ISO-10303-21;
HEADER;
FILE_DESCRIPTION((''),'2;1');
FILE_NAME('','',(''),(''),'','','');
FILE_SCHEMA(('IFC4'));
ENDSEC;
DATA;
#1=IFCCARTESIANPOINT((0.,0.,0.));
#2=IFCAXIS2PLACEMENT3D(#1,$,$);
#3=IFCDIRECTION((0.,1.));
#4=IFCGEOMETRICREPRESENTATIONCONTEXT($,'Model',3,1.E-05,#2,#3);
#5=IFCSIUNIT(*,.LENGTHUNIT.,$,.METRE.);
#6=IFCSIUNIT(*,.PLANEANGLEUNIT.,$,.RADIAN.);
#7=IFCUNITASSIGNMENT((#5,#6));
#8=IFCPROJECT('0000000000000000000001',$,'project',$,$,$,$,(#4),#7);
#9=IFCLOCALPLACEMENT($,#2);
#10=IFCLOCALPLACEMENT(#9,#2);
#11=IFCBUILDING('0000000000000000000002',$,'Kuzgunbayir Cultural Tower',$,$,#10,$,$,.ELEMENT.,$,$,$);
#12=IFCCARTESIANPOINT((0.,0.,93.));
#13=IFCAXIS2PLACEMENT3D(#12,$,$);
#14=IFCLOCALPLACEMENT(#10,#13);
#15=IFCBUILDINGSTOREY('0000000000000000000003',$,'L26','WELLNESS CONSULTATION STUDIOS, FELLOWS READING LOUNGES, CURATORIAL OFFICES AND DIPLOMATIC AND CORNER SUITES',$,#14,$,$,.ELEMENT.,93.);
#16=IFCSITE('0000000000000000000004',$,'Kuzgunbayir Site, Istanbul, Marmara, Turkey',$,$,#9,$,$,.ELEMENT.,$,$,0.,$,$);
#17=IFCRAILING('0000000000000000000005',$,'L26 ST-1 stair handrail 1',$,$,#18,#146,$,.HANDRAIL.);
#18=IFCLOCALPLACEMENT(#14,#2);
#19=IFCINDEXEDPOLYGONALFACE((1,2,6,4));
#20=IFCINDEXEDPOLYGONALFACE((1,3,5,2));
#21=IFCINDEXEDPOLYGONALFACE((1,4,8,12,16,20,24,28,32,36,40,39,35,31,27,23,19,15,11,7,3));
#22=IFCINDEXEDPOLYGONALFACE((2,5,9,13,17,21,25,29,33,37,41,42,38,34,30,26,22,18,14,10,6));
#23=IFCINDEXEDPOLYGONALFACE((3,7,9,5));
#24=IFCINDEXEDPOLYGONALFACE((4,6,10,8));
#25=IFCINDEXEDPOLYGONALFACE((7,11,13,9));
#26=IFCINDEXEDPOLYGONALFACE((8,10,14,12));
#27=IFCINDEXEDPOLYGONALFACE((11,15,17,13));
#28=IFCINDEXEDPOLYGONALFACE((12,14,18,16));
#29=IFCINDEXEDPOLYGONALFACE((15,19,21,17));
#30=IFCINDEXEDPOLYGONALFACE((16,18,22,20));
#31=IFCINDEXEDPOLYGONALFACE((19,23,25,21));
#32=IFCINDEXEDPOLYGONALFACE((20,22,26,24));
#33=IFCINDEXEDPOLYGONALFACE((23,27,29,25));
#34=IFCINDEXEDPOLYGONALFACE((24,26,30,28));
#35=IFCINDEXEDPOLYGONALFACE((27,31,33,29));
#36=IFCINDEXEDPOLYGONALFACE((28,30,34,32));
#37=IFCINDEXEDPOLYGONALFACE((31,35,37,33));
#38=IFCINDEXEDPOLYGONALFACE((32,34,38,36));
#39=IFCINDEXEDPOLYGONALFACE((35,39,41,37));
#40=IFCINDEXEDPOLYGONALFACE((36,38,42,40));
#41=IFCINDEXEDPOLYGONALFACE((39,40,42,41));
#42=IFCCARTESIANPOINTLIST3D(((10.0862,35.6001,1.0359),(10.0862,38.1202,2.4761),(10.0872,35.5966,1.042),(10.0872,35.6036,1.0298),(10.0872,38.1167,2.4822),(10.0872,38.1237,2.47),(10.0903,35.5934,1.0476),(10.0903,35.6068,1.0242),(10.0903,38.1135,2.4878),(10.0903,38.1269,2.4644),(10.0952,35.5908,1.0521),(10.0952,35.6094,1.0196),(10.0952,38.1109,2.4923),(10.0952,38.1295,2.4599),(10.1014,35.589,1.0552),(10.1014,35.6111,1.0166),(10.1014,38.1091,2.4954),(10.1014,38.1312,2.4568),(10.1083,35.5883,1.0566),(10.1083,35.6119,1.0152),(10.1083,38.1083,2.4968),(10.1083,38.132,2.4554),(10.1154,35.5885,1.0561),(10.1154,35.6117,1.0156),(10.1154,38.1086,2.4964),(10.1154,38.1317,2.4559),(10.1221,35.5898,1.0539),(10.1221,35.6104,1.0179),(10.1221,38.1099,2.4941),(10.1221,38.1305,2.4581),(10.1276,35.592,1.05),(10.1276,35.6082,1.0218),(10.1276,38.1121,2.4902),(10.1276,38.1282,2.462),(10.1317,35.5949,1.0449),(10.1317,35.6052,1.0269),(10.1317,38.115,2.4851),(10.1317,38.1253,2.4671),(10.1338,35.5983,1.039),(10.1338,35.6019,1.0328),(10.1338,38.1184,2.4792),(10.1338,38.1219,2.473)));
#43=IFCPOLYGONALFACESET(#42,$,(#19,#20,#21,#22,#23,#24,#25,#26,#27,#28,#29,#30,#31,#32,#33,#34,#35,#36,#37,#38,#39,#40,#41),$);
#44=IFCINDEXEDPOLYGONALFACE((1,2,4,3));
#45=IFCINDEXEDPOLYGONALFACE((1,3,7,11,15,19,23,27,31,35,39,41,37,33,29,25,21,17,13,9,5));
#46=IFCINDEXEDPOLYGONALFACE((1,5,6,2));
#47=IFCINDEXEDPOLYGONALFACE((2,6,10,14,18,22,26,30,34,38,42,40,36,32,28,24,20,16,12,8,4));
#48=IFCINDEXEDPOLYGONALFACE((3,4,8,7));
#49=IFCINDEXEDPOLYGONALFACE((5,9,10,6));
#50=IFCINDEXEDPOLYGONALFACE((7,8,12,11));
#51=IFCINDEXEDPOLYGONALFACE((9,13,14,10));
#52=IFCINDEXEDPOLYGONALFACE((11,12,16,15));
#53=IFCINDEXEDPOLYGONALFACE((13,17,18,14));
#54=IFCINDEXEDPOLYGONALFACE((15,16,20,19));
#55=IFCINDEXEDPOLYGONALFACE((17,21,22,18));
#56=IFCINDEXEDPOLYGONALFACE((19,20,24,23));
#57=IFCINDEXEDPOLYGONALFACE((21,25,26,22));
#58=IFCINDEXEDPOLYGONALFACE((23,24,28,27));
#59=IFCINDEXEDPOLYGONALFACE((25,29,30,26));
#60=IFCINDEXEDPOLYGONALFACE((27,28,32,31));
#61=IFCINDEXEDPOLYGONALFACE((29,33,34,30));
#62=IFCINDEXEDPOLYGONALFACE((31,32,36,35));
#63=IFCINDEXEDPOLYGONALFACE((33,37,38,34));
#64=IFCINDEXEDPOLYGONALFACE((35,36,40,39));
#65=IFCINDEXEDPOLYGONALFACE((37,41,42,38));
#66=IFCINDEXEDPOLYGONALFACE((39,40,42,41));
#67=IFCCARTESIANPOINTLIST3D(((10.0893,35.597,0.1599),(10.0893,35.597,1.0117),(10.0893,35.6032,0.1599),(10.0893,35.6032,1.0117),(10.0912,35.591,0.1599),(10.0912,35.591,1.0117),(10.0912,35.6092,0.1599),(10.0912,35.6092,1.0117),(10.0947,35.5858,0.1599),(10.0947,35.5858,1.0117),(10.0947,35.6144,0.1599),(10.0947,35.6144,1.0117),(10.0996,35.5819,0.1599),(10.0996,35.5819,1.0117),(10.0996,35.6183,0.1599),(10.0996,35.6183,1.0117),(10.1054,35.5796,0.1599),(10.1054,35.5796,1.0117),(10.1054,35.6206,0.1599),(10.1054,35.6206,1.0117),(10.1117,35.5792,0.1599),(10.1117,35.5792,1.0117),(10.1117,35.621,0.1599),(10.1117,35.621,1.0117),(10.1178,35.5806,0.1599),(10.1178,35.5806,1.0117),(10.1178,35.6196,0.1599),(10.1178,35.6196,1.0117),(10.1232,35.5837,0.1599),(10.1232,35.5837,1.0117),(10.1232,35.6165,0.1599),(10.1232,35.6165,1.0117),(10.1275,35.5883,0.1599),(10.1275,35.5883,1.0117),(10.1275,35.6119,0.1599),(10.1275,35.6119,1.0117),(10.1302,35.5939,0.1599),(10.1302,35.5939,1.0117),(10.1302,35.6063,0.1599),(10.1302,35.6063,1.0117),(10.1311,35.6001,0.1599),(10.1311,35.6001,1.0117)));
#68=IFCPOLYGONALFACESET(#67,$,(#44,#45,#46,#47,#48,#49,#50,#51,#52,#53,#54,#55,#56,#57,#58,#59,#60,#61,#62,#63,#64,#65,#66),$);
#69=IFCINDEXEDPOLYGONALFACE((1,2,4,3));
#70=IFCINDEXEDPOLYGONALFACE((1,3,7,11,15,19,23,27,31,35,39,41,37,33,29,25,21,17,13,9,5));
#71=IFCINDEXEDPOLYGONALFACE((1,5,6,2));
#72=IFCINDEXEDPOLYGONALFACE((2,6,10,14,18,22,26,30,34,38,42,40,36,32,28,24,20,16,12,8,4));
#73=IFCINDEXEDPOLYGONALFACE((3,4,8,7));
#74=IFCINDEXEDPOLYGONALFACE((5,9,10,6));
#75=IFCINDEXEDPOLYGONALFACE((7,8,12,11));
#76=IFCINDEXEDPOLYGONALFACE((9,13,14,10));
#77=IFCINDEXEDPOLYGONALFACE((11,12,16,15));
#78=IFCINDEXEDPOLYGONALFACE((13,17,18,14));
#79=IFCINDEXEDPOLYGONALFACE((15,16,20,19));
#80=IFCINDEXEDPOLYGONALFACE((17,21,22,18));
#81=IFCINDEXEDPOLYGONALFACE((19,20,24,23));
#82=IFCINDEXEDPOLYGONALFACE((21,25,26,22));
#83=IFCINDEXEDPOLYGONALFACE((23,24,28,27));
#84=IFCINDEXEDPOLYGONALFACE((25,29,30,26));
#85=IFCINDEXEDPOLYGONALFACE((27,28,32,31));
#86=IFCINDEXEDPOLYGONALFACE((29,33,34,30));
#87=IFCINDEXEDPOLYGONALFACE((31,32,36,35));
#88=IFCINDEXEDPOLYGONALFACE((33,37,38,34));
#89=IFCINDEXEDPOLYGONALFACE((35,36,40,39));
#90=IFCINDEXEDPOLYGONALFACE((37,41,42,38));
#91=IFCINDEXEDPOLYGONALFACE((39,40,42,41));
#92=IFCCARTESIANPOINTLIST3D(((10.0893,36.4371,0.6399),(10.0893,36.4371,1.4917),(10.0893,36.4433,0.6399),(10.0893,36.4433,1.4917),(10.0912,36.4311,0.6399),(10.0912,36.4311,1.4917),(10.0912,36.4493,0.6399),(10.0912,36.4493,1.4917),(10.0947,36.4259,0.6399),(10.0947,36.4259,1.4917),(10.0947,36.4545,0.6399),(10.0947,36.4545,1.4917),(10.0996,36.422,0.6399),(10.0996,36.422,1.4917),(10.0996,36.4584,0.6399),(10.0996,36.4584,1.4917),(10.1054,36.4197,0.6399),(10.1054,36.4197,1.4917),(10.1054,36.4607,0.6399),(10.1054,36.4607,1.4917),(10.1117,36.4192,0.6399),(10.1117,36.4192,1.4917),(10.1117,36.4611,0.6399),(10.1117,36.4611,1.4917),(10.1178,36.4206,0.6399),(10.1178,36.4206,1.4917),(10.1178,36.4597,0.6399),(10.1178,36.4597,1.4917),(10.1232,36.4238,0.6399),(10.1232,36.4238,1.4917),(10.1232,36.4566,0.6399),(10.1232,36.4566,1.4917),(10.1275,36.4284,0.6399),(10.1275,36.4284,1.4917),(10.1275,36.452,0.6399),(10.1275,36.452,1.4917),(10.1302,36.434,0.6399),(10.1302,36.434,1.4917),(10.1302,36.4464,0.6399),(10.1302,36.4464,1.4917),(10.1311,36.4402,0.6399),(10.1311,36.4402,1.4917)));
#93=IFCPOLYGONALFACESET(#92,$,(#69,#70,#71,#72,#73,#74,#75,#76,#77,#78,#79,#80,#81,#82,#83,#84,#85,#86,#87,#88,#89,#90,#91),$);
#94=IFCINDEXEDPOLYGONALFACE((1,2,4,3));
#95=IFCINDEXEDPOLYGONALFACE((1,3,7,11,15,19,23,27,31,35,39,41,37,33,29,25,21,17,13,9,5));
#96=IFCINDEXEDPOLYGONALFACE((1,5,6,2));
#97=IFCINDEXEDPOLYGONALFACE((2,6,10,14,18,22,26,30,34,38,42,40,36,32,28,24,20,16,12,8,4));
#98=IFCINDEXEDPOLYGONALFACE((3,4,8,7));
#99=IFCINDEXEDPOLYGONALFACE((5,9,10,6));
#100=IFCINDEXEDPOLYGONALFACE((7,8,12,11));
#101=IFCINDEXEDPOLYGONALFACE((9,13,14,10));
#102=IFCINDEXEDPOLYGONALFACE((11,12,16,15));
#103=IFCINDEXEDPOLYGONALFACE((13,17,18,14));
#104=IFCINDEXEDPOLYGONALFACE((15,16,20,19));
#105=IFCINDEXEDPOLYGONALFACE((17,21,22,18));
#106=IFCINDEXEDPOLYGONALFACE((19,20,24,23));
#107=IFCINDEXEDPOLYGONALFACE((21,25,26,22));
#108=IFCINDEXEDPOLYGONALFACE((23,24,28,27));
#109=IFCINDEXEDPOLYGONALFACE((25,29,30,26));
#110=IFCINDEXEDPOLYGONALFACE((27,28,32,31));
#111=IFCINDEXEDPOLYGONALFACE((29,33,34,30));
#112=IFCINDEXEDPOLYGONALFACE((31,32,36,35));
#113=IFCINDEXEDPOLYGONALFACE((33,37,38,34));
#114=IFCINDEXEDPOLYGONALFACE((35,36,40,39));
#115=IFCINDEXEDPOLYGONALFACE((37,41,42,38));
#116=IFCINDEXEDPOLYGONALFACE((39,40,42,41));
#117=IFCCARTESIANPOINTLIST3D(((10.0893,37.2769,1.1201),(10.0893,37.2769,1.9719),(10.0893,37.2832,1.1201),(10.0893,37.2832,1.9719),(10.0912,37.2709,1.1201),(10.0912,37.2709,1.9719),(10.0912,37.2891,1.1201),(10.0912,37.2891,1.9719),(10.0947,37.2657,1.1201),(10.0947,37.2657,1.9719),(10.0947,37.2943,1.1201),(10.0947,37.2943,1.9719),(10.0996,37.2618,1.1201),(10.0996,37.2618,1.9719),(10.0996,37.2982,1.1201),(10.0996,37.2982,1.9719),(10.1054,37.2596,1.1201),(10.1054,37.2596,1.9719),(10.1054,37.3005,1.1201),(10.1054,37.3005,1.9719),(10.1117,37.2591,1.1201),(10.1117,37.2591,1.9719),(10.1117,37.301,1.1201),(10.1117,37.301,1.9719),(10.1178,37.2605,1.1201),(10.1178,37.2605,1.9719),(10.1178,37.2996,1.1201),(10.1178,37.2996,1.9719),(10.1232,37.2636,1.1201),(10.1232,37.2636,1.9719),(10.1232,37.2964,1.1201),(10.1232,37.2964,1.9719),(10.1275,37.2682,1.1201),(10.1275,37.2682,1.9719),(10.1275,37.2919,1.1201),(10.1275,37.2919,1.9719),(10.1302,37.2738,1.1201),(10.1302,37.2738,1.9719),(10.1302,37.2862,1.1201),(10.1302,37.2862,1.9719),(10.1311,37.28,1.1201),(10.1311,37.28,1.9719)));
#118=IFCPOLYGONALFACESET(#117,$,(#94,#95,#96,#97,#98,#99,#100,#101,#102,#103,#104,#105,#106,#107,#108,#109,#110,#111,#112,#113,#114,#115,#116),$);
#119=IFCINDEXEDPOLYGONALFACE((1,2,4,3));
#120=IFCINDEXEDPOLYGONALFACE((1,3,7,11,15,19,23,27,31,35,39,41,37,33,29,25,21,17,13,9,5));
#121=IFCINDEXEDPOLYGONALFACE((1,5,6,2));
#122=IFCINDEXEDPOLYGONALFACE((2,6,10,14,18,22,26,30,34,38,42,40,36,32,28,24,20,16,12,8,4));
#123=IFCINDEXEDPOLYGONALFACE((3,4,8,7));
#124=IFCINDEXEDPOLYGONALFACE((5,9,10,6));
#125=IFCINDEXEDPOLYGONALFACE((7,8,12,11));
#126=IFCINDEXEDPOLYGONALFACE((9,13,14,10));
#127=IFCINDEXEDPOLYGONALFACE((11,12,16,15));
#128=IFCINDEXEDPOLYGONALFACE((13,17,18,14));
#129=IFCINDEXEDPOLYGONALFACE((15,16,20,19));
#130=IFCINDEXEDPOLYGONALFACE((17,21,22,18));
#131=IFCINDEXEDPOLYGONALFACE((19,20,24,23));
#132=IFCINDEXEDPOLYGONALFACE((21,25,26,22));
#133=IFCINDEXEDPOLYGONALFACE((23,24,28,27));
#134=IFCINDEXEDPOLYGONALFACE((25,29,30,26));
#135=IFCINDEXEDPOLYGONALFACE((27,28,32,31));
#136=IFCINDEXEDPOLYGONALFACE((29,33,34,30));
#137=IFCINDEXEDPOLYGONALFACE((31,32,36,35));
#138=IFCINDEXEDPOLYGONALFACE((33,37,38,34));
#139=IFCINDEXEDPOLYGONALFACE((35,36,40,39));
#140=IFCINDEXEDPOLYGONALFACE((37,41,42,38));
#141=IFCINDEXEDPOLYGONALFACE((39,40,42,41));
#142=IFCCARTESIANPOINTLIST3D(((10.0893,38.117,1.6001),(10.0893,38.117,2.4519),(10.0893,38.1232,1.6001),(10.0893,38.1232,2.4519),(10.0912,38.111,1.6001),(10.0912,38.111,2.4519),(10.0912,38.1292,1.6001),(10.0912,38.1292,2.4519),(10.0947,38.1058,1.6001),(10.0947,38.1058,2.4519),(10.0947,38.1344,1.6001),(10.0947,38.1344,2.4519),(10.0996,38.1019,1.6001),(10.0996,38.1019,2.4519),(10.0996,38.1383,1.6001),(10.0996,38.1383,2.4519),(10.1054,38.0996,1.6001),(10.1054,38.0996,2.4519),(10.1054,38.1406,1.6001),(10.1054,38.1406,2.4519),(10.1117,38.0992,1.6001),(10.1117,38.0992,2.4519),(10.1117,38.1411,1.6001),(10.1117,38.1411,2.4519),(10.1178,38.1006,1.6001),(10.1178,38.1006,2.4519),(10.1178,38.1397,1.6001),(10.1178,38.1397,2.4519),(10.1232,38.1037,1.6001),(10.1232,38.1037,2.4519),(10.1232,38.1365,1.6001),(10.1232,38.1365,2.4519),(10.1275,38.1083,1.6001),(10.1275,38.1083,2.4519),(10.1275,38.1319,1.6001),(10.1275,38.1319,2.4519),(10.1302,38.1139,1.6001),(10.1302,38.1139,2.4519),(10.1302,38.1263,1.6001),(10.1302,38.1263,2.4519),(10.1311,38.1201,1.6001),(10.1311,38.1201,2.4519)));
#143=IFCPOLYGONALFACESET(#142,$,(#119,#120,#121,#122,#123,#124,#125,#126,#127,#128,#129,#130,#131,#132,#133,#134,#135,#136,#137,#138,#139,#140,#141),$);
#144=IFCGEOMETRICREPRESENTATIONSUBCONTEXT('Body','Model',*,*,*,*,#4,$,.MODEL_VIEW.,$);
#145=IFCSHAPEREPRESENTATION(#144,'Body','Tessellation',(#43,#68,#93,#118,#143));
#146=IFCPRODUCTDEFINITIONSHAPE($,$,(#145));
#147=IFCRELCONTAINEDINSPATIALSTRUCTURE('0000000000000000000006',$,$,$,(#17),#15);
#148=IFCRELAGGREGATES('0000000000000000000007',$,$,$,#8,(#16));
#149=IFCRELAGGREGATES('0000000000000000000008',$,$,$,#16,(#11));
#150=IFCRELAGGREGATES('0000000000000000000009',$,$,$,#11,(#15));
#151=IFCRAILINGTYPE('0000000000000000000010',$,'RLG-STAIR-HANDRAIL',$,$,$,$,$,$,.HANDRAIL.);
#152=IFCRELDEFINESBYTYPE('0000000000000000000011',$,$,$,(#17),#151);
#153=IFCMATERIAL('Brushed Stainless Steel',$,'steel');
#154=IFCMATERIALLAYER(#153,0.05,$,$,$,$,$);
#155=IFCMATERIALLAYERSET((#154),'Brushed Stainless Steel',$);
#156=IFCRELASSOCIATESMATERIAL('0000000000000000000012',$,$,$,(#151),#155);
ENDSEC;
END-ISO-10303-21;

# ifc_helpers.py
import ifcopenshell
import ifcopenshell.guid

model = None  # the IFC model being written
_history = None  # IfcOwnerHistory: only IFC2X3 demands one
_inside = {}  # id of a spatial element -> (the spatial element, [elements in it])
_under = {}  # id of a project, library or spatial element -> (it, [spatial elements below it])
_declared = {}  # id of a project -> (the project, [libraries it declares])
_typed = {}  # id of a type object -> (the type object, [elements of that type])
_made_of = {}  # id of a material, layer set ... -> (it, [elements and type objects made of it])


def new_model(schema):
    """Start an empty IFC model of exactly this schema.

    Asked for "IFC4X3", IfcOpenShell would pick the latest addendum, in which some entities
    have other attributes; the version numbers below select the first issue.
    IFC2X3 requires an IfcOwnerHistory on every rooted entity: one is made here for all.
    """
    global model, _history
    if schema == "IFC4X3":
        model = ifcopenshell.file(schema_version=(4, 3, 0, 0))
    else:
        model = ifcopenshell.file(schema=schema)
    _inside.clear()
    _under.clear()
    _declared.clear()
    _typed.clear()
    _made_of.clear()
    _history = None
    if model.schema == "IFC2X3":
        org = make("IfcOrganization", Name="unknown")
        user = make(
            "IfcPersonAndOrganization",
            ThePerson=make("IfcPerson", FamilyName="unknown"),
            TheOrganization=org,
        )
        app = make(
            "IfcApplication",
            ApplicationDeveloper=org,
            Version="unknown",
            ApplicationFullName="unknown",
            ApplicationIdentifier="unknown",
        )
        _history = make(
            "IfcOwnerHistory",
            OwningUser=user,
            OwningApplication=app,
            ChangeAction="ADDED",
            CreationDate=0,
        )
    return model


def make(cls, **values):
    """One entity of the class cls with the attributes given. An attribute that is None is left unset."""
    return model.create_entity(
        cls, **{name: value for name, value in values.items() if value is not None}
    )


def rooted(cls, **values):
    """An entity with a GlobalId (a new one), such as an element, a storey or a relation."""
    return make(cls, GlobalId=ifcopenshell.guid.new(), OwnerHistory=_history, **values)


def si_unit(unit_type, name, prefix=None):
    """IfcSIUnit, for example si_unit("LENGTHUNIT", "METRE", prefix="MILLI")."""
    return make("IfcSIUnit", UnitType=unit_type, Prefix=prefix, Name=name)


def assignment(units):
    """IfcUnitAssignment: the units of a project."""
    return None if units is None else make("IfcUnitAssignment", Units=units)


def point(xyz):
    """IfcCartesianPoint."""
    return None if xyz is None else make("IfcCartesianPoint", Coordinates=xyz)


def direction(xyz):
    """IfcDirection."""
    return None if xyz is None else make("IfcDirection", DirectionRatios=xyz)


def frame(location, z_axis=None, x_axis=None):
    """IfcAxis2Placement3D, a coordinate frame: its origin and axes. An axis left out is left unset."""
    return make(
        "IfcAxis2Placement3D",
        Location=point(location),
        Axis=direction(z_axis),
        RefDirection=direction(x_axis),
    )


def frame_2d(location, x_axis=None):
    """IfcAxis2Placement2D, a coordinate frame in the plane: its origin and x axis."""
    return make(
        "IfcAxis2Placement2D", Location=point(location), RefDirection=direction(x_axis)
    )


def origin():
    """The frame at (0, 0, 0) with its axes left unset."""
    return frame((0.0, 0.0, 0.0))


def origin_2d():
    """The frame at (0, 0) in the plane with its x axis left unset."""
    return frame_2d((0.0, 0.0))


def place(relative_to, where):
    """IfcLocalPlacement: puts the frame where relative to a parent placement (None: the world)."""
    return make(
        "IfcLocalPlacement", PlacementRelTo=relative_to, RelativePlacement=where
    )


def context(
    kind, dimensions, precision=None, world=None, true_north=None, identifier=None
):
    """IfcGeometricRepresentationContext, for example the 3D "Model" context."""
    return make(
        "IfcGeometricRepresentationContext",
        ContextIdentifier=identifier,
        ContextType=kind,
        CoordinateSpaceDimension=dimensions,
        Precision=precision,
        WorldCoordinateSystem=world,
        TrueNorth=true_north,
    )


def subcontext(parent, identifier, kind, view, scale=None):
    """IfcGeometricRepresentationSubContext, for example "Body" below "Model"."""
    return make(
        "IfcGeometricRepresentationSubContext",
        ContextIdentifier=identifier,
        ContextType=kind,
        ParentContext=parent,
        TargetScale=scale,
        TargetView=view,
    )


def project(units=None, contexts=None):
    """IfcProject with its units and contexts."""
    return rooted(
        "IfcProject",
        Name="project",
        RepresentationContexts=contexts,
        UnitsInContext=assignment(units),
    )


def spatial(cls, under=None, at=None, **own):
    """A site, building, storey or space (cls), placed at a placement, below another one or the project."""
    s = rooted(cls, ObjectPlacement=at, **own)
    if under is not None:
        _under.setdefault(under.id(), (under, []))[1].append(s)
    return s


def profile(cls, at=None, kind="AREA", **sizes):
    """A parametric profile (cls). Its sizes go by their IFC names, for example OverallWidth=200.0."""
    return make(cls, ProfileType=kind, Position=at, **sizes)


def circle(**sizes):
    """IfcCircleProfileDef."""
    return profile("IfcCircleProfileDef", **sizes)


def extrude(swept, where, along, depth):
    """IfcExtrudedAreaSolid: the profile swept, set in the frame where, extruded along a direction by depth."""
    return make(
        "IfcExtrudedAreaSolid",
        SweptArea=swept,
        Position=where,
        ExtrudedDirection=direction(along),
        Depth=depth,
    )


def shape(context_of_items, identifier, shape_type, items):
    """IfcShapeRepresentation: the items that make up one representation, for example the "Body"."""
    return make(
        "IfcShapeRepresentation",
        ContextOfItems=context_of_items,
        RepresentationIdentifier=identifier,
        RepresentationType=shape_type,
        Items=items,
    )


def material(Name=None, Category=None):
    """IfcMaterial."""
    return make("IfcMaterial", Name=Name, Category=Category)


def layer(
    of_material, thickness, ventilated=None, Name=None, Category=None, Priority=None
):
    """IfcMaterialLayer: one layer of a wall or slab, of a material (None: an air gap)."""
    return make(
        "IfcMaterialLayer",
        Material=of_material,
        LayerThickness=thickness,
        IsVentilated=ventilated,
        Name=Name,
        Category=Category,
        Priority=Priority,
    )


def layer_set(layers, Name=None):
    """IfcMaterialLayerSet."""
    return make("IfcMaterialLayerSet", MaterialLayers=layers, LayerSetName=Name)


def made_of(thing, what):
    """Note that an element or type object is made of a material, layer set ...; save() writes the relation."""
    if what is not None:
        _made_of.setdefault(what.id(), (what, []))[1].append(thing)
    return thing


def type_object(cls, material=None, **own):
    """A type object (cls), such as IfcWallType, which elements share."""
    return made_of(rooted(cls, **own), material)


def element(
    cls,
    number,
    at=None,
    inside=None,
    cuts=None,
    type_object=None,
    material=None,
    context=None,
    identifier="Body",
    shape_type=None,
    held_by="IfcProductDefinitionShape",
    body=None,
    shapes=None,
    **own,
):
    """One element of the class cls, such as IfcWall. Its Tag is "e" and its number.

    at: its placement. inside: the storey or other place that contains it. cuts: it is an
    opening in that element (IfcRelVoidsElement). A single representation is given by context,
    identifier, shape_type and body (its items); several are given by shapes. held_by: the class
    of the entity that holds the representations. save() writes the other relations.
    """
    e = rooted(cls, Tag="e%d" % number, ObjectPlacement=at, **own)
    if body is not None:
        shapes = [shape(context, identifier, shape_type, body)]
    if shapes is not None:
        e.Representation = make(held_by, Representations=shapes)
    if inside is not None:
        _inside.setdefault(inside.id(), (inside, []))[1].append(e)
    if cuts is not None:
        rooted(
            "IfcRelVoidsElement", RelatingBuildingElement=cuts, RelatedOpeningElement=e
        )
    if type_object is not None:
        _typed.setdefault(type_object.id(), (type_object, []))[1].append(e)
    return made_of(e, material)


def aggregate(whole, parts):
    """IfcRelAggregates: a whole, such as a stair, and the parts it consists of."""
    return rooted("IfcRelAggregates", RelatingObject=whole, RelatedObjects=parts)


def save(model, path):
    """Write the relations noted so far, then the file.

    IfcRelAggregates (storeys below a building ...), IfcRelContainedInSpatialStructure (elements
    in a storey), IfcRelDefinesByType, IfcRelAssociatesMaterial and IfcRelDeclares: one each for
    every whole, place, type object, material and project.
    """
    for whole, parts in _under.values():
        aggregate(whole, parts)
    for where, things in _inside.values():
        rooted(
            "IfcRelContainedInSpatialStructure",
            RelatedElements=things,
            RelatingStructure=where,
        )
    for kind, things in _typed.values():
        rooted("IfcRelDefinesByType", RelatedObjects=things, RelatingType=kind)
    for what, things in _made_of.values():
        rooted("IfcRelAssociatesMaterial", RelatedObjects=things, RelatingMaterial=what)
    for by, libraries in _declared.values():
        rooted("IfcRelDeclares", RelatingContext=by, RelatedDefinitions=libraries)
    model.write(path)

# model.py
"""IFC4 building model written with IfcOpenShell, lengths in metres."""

from ifc_helpers import new_model, si_unit, direction, frame, origin, origin_2d, place, context, subcontext, project, spatial, circle, extrude, material, layer, layer_set, type_object, element, save


model = new_model("IFC4")

# Units and contexts
model_context = context("Model", 3, precision=1e-05, world=origin(), true_north=direction((0.0, 1.0)))
body_context = subcontext(model_context, "Body", "Model", "MODEL_VIEW")
ifc_project = project(units=[si_unit("LENGTHUNIT", "METRE"), si_unit("PLANEANGLEUNIT", "RADIAN")], contexts=[model_context])

# Site, building, storey
site_placement = place(None, origin())
site = spatial("IfcSite", under=ifc_project, at=site_placement, Name="Kuzgunbayir Site, Istanbul, Marmara, Turkey", CompositionType="ELEMENT", RefElevation=0.0)
building_placement = place(site_placement, origin())
building = spatial("IfcBuilding", under=site, at=building_placement, Name="Kuzgunbayir Cultural Tower", CompositionType="ELEMENT")
storey_placement = place(building_placement, frame((0.0, 0.0, 93.0)))
storey = spatial("IfcBuildingStorey", under=building, at=storey_placement, Name="L26", Description="WELLNESS CONSULTATION STUDIOS, FELLOWS READING LOUNGES, CURATORIAL OFFICES AND DIPLOMATIC AND CORNER SUITES", CompositionType="ELEMENT", Elevation=93.0)

# Shared definitions
ifc_material_1 = material(Name="Brushed Stainless Steel", Category="steel")

# Railing
ifc_layer_1 = layer(ifc_material_1, 0.05)
ifc_layer_set_1 = layer_set([ifc_layer_1], Name="Brushed Stainless Steel")
railing_type_1 = type_object("IfcRailingType", Name="RLG-STAIR-HANDRAIL", PredefinedType="HANDRAIL", material=ifc_layer_set_1)
railing_1_placement = place(storey_placement, frame((10.1101, 35.6001, 0.1599)))
element("IfcRailing", 1, at=railing_1_placement, inside=storey, type_object=railing_type_1, Name="L26 ST-1 stair handrail 1", PredefinedType="HANDRAIL", context=body_context, shape_type="SweptSolid", body=[
    extrude(circle(Radius=0.0239, at=origin_2d()), frame((0.0, 0.0, 0.876), z_axis=(0.0, 0.868217, 0.496184), x_axis=(-1.0, 0.0, 0.0)), (0.0, 0.0, 1.0), 2.9026),
    extrude(circle(Radius=0.021, at=origin_2d()), origin(), (0.0, 0.0, 1.0), 0.8518),
    extrude(circle(Radius=0.021, at=origin_2d()), frame((0.0, 0.8401, 0.48)), (0.0, 0.0, 1.0), 0.8518),
    extrude(circle(Radius=0.021, at=origin_2d()), frame((0.0, 1.6799, 0.9602)), (0.0, 0.0, 1.0), 0.8518),
    extrude(circle(Radius=0.021, at=origin_2d()), frame((0.0, 2.52, 1.4402)), (0.0, 0.0, 1.0), 0.8518),
])

save(model, "model.ifc")
